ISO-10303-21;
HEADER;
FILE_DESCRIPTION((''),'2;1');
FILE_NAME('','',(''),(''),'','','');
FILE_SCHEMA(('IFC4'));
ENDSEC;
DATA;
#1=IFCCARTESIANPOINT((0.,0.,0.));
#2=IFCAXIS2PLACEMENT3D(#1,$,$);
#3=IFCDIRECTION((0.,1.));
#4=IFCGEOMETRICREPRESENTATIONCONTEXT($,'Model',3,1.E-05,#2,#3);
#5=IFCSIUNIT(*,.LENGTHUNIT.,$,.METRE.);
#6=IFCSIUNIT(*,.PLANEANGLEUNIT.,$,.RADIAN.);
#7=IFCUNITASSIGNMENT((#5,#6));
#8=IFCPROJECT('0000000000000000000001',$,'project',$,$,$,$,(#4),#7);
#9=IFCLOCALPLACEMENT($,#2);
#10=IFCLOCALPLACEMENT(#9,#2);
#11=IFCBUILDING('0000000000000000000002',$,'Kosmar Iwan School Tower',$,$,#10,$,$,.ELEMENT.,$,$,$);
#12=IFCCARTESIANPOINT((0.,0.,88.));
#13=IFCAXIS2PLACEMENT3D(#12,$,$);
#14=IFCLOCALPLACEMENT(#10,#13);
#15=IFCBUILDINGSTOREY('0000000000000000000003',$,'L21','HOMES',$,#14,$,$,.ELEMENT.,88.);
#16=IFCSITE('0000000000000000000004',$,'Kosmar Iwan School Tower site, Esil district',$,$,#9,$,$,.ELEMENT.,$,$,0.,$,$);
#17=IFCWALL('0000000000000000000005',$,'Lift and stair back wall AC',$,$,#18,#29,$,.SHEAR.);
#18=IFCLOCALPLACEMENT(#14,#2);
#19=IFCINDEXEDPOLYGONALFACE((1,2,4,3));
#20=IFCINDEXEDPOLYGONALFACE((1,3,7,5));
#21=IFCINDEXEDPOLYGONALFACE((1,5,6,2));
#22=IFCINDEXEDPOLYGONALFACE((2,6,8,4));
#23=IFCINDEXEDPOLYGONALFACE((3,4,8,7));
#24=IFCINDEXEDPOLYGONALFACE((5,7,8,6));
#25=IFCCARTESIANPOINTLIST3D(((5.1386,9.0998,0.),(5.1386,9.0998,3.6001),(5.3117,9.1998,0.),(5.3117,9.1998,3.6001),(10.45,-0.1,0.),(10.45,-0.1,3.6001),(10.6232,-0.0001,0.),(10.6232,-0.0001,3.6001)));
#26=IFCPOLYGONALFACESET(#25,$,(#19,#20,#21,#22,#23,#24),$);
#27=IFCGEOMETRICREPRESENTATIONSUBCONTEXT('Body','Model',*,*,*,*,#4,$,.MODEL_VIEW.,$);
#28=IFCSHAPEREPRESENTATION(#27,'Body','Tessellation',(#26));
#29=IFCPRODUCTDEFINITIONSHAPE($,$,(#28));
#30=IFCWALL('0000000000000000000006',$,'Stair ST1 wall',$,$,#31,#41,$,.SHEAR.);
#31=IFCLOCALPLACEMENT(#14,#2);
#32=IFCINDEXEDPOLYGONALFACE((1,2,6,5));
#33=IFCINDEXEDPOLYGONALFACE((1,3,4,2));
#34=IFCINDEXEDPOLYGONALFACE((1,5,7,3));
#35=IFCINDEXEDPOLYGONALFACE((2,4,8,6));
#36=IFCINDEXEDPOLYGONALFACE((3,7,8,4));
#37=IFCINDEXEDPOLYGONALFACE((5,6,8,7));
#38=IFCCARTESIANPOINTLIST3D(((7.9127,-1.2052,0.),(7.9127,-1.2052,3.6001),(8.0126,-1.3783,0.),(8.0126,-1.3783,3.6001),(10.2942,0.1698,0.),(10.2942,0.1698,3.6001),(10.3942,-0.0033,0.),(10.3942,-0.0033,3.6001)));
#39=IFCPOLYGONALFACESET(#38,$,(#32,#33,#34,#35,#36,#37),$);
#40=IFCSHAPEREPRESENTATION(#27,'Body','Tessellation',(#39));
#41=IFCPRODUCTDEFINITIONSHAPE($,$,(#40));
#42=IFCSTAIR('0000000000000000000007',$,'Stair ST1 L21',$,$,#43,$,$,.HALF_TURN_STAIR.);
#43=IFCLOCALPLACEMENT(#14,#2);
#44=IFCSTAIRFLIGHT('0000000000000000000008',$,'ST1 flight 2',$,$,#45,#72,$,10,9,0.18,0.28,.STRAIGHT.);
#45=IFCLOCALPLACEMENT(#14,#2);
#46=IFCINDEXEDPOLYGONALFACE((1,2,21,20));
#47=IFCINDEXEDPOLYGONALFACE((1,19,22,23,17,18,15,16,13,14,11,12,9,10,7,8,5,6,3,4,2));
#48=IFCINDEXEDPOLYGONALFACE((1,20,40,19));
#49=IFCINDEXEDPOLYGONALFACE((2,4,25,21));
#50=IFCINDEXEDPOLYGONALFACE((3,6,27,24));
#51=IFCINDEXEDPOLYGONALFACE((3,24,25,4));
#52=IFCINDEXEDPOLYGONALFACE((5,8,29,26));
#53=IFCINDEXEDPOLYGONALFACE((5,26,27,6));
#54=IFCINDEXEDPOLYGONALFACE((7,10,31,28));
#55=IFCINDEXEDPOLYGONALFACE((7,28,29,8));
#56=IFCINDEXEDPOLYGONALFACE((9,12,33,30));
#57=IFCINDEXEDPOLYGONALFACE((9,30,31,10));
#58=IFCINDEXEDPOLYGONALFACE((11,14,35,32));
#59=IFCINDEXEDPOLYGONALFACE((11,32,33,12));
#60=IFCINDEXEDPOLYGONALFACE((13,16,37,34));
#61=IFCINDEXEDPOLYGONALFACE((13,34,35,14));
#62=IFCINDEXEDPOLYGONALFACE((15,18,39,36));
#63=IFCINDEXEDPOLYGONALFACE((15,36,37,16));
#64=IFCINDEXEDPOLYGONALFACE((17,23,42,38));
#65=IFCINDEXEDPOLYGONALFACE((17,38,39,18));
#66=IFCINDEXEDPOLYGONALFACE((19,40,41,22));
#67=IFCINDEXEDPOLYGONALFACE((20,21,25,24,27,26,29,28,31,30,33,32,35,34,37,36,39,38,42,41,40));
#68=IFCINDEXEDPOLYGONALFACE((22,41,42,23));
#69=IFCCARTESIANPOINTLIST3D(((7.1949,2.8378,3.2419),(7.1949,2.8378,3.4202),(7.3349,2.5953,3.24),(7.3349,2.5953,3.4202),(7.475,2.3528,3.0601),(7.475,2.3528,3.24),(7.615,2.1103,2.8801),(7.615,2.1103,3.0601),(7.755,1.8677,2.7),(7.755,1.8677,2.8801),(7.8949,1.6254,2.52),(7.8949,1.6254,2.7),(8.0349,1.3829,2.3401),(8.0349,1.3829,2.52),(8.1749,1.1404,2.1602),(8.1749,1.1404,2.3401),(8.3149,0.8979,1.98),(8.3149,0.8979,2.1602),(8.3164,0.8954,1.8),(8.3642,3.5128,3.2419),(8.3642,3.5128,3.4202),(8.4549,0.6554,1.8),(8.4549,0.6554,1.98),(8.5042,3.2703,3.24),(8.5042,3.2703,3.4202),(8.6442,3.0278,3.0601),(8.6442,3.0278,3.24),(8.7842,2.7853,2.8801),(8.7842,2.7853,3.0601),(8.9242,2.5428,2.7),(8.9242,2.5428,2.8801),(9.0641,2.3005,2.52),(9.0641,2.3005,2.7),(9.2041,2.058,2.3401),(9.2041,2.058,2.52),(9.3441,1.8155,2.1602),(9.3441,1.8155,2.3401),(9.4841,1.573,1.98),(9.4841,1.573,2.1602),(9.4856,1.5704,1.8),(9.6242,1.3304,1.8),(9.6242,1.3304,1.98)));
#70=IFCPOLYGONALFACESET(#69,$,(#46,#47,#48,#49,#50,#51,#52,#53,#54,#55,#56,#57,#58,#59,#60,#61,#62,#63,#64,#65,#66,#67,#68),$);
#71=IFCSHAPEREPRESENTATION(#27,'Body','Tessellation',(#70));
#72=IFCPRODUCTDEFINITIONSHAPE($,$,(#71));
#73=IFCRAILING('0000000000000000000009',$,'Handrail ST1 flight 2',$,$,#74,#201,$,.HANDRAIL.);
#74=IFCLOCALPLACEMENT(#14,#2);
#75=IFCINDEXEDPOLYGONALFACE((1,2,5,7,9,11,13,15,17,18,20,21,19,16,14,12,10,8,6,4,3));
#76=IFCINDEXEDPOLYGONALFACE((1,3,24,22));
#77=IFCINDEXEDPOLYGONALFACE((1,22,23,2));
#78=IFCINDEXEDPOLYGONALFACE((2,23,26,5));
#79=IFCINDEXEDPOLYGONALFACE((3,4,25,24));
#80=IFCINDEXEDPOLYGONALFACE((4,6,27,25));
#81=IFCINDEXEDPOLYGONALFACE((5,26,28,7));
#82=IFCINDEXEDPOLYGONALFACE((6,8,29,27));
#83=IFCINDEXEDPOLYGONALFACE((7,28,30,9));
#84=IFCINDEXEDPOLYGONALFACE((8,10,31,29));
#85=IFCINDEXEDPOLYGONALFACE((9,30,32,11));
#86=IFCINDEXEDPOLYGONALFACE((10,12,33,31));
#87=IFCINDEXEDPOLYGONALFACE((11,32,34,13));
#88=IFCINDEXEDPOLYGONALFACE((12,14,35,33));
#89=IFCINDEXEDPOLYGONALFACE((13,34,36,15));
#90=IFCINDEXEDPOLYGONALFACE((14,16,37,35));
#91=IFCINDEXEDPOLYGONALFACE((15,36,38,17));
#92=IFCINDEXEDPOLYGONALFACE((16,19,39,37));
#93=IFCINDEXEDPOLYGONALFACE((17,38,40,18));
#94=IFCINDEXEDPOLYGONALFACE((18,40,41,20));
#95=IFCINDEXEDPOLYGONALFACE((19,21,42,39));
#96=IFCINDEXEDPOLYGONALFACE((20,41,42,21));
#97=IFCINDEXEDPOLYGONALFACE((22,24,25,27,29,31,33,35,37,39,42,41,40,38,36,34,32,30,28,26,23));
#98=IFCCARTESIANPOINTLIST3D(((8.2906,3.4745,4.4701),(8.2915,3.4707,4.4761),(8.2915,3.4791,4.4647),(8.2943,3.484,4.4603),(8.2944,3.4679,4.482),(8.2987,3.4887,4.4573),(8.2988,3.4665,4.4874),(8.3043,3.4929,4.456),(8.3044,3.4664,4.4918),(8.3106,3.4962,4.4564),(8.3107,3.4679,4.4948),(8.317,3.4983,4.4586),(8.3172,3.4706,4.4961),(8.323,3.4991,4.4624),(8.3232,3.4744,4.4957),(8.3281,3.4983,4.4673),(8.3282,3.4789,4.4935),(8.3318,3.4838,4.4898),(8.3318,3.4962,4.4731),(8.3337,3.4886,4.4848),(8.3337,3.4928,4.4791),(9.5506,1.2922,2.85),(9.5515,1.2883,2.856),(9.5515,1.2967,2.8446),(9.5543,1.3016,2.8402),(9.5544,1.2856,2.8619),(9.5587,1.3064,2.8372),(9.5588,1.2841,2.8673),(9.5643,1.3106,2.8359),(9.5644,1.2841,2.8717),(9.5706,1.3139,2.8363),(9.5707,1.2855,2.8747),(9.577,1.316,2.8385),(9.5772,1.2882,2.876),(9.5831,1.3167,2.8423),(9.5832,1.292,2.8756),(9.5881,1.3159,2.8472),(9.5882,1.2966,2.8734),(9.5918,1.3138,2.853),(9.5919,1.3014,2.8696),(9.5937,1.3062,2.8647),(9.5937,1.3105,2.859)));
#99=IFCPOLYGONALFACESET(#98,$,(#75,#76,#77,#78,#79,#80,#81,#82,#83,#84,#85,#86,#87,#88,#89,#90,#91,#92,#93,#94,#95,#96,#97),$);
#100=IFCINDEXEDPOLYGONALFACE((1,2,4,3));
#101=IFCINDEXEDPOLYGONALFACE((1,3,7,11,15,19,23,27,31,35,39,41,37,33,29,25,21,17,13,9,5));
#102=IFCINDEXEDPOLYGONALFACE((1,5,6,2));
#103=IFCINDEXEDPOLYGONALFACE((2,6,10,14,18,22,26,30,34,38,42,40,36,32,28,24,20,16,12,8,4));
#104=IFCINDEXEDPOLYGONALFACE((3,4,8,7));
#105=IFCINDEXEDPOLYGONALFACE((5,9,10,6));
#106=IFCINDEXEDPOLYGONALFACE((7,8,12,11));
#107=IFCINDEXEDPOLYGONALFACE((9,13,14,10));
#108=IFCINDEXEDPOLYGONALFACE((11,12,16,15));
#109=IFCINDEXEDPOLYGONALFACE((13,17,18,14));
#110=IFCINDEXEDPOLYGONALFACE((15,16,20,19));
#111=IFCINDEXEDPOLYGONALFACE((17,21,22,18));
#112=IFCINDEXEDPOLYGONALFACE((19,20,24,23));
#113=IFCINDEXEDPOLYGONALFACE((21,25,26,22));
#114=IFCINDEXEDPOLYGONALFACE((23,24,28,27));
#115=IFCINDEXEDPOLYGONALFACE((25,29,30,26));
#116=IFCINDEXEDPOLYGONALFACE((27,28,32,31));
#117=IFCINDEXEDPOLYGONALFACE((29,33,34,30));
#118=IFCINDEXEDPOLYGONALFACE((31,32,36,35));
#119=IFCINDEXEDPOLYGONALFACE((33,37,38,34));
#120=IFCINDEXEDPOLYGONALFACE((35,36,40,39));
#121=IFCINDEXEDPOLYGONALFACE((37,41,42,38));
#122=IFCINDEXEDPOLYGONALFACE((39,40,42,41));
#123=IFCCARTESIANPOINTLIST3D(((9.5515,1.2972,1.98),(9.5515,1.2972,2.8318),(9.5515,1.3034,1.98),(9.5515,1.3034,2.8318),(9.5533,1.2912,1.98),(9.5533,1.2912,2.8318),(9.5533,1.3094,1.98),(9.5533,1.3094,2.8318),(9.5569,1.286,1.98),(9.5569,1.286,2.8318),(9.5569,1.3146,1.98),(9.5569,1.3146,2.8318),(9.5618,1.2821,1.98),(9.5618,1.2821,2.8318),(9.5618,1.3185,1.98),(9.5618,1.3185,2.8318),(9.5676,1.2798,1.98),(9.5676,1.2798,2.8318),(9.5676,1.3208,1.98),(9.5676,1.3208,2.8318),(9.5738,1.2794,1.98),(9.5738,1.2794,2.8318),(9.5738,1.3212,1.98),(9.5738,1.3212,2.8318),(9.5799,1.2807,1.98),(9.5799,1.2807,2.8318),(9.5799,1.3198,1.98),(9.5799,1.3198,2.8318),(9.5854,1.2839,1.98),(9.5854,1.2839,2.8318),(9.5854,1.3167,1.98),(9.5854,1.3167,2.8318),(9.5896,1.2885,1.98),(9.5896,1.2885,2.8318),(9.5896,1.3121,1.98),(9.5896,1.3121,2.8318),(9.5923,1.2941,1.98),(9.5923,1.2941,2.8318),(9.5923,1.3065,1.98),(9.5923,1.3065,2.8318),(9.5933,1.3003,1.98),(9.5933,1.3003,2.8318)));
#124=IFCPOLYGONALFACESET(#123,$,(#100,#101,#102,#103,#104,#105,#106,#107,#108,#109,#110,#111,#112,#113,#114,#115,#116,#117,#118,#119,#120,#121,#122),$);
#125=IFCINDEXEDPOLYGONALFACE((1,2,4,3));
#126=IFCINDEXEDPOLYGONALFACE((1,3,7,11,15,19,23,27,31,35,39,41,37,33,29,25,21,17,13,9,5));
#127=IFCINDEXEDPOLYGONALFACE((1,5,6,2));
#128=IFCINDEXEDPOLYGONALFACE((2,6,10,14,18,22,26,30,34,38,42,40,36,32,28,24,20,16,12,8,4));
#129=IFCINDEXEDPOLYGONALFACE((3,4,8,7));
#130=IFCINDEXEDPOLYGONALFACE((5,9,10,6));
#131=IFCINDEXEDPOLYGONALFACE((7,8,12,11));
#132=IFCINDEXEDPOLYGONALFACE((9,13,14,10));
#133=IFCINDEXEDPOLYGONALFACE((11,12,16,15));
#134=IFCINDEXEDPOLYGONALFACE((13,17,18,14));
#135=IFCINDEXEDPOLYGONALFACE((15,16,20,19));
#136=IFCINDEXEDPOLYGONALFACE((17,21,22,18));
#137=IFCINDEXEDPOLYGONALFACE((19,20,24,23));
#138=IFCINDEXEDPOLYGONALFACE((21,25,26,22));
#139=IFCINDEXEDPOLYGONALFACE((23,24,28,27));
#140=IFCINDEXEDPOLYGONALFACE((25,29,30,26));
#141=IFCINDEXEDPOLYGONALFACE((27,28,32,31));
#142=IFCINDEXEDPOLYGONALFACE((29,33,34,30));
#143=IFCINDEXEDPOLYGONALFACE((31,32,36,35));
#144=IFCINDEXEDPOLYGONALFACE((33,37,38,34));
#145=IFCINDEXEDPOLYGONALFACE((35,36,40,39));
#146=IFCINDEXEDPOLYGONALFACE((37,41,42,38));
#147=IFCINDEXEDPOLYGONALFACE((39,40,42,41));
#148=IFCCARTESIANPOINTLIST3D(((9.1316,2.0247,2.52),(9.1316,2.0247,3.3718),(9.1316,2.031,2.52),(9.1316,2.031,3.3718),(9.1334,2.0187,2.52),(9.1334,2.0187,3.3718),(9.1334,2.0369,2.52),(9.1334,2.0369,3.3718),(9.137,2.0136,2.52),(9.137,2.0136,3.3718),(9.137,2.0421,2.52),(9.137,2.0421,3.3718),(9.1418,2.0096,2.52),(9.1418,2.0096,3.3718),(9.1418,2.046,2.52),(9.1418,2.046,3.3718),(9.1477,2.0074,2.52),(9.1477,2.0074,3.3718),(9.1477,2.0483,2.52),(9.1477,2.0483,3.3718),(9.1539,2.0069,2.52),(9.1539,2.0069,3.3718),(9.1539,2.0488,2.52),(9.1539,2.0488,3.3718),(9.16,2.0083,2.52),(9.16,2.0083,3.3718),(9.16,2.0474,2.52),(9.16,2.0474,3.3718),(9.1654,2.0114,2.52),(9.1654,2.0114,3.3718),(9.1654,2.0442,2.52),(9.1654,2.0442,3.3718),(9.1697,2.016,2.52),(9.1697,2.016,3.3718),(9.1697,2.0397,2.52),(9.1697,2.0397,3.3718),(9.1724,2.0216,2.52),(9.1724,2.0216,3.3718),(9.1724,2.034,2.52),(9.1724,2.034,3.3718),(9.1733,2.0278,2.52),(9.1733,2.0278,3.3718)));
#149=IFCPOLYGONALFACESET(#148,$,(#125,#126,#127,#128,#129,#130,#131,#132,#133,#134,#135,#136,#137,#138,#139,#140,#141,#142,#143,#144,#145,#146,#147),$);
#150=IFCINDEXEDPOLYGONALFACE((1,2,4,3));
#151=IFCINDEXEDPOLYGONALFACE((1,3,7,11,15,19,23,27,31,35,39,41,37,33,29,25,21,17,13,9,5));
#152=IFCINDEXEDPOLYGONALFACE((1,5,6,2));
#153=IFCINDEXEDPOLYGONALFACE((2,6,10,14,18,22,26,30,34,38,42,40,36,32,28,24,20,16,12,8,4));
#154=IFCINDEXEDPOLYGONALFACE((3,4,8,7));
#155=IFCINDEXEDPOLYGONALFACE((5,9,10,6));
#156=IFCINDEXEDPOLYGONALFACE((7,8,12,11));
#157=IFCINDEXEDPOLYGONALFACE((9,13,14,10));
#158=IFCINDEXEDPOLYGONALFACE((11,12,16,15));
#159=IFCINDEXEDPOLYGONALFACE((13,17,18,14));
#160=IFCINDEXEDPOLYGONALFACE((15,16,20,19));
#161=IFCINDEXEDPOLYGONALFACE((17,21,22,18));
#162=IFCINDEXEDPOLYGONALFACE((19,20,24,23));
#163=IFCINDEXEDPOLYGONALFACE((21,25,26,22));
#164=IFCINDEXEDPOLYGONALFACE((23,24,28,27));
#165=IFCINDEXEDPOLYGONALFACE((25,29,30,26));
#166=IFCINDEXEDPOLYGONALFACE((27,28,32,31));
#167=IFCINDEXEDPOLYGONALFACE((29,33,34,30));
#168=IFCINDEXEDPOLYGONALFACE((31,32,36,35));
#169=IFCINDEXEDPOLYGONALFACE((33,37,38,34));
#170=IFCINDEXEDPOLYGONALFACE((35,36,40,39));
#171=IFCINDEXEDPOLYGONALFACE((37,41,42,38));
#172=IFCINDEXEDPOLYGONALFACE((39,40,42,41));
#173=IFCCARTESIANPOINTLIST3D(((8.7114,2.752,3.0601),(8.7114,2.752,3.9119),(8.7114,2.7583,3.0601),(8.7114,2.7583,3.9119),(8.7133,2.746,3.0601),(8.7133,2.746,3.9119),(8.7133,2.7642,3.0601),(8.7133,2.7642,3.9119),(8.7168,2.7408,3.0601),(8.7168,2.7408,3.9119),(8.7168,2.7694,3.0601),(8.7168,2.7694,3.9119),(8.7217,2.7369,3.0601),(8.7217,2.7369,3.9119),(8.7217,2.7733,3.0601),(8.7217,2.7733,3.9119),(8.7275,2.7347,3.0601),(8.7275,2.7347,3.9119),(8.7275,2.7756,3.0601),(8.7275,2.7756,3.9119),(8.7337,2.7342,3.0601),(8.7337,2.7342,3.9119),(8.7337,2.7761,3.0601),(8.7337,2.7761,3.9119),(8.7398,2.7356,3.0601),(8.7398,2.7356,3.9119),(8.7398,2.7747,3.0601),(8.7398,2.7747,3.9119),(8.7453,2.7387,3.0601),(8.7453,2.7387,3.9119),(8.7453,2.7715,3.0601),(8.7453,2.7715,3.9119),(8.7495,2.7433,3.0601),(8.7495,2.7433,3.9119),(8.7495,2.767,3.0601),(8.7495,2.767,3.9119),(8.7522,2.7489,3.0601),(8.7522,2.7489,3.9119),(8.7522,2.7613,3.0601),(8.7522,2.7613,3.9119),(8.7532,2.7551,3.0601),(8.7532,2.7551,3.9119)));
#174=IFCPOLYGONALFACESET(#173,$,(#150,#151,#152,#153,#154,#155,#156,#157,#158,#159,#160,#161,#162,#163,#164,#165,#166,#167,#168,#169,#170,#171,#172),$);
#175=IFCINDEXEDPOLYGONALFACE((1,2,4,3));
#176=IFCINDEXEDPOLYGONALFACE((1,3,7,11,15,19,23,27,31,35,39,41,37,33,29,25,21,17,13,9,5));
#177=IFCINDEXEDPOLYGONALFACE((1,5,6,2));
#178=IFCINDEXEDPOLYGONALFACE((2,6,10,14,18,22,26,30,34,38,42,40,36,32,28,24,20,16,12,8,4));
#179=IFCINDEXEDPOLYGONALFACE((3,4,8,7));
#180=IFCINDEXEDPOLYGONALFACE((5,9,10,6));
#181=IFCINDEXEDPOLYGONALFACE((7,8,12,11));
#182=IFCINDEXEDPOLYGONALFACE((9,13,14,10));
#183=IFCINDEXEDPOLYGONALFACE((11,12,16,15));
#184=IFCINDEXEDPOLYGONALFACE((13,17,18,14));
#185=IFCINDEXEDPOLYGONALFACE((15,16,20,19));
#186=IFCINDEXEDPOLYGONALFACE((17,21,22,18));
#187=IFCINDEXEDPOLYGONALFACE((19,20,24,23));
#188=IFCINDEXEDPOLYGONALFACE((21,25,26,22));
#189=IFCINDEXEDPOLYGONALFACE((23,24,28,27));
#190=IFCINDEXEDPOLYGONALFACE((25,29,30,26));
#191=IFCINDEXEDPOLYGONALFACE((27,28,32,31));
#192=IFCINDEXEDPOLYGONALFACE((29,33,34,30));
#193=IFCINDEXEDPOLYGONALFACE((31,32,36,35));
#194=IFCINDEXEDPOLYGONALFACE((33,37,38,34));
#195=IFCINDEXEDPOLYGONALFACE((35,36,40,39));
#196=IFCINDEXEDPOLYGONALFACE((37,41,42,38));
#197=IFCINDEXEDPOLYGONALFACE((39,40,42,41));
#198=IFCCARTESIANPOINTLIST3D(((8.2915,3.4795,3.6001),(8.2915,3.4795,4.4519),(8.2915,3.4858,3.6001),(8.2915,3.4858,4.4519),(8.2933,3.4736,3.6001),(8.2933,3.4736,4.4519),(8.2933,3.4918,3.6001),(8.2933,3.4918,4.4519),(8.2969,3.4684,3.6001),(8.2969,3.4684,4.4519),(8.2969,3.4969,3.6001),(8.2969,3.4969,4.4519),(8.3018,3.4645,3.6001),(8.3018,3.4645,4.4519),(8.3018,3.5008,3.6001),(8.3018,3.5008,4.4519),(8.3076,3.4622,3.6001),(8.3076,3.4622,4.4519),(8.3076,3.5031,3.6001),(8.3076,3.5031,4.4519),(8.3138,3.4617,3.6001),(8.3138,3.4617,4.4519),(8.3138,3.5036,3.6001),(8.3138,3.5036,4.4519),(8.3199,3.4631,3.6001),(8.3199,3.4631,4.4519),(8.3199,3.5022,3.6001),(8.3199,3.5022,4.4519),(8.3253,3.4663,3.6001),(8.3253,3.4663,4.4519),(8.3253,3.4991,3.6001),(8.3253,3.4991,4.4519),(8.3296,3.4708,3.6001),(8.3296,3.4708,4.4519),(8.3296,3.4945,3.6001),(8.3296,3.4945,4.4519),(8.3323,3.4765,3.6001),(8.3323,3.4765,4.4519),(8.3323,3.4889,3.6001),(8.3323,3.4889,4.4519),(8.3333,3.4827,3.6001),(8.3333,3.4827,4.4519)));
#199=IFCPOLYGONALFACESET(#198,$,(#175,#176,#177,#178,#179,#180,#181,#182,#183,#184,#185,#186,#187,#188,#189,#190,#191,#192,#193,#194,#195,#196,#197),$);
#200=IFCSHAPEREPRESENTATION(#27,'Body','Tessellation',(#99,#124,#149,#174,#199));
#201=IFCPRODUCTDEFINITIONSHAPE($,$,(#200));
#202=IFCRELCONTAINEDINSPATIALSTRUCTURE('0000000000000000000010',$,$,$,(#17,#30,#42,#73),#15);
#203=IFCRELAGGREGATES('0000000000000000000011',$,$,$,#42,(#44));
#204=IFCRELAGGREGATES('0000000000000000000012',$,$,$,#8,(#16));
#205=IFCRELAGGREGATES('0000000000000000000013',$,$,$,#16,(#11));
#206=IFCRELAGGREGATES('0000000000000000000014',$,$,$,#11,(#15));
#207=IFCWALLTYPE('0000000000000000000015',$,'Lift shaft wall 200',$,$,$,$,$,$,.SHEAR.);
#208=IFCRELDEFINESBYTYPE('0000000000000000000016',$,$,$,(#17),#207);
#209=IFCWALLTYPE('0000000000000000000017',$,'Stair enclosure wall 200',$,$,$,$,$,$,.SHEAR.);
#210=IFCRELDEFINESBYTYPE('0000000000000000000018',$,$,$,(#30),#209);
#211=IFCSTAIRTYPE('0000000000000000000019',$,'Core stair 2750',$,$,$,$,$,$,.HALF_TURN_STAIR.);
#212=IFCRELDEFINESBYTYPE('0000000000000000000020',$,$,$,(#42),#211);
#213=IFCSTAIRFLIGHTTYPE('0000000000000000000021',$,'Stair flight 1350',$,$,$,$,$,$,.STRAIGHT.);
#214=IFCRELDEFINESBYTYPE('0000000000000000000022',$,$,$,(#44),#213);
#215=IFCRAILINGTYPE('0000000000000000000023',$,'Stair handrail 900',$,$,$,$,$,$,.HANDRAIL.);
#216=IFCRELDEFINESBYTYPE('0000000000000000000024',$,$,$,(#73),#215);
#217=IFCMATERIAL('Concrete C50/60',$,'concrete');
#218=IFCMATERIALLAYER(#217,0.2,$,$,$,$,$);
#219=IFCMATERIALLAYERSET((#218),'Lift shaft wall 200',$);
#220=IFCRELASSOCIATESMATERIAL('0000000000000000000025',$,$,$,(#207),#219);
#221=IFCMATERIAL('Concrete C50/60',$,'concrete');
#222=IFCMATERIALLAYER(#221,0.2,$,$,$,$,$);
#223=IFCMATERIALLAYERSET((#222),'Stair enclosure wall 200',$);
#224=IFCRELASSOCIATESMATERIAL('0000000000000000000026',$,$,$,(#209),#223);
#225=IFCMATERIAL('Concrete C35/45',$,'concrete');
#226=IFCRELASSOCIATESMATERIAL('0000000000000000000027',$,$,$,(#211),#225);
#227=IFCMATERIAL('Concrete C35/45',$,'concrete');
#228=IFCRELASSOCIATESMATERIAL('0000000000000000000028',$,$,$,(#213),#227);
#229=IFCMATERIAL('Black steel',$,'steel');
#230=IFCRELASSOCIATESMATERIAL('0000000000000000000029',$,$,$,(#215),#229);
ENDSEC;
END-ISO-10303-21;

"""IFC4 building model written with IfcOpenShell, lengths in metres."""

from ifc_helpers import new_model, si_unit, direction, frame, frame_2d, origin, origin_2d, place, context, subcontext, project, spatial, polyline, rectangle, circle, outline, extrude, material, layer, layer_set, type_object, element, aggregate, save


model = new_model("IFC4")

# Units and contexts
model_context = context("Model", 3, precision=1e-05, world=origin(), true_north=direction((0.0, 1.0)))
body_context = subcontext(model_context, "Body", "Model", "MODEL_VIEW")
ifc_project = project(units=[si_unit("LENGTHUNIT", "METRE"), si_unit("PLANEANGLEUNIT", "RADIAN")], contexts=[model_context])

# Site, building, storey
site_placement = place(None, origin())
site = spatial("IfcSite", under=ifc_project, at=site_placement, Name="Kosmar Iwan School Tower site, Esil district", CompositionType="ELEMENT", RefElevation=0.0)
building_placement = place(site_placement, origin())
building = spatial("IfcBuilding", under=site, at=building_placement, Name="Kosmar Iwan School Tower", CompositionType="ELEMENT")
storey_placement = place(building_placement, frame((0.0, 0.0, 88.0)))
storey = spatial("IfcBuildingStorey", under=building, at=storey_placement, Name="L21", Description="HOMES", CompositionType="ELEMENT", Elevation=88.0)

# Shared definitions
ifc_material_1 = material(Name="Concrete C50/60", Category="concrete")
ifc_layer_1 = layer(ifc_material_1, 0.2)
ifc_layer_set_1 = layer_set([ifc_layer_1], Name="Lift shaft wall 200")
wall_type_1 = type_object("IfcWallType", Name="Lift shaft wall 200", PredefinedType="SHEAR", material=ifc_layer_set_1)

# Walls
wall_1_placement = place(storey_placement, frame((10.5366, -0.05, 0.0), z_axis=(0.0, 0.0, 1.0), x_axis=(-0.499995, 0.866028, 0.0)))
element("IfcWall", 1, at=wall_1_placement, inside=storey, type_object=wall_type_1, Name="Lift and stair back wall AC", PredefinedType="SHEAR", context=body_context, shape_type="SweptSolid", body=[
    extrude(rectangle(XDim=10.623, YDim=0.2, at=frame_2d((5.3115, 0.0))), origin(), (0.0, 0.0, 1.0), 3.6001),
])
ifc_material_2 = material(Name="Concrete C50/60", Category="concrete")
ifc_layer_2 = layer(ifc_material_2, 0.2)
ifc_layer_set_2 = layer_set([ifc_layer_2], Name="Stair enclosure wall 200")
wall_type_2 = type_object("IfcWallType", Name="Stair enclosure wall 200", PredefinedType="SHEAR", material=ifc_layer_set_2)
wall_2_placement = place(storey_placement, frame((7.9626, -1.2917, 0.0), z_axis=(0.0, 0.0, 1.0), x_axis=(0.866027, 0.499997, 0.0)))
element("IfcWall", 2, at=wall_2_placement, inside=storey, type_object=wall_type_2, Name="Stair ST1 wall", PredefinedType="SHEAR", context=body_context, shape_type="SweptSolid", body=[
    extrude(rectangle(XDim=2.75, YDim=0.2, at=frame_2d((1.375, 0.0))), origin(), (0.0, 0.0, 1.0), 3.6001),
])

# Stair, stair flight
ifc_material_3 = material(Name="Concrete C35/45", Category="concrete")
stair_type = type_object("IfcStairType", Name="Core stair 2750", PredefinedType="HALF_TURN_STAIR", material=ifc_material_3)
stair_placement = place(storey_placement, origin())
stair = element("IfcStair", 3, at=stair_placement, inside=storey, type_object=stair_type, Name="Stair ST1 L21", PredefinedType="HALF_TURN_STAIR")
ifc_material_4 = material(Name="Concrete C35/45", Category="concrete")
stair_flight_type = type_object("IfcStairFlightType", Name="Stair flight 1350", PredefinedType="STRAIGHT", material=ifc_material_4)
stair_flight_placement = place(storey_placement, frame((9.0396, 0.9929, 1.8), z_axis=(0.0, 0.0, 1.0), x_axis=(-0.5, 0.866025, 0.0)))
stair_flight = element("IfcStairFlight", 4, at=stair_flight_placement, type_object=stair_flight_type, Name="ST1 flight 2", NumberOfRisers=10, NumberOfTreads=9, PredefinedType="STRAIGHT", RiserHeight=0.18, TreadLength=0.28, context=body_context, shape_type="SweptSolid", body=[
    extrude(outline(polyline([(0.0, 0.0), (0.0, 0.1799), (0.28, 0.1799), (0.28, 0.3601), (0.5601, 0.3601), (0.5601, 0.54), (0.8401, 0.54), (0.8401, 0.72), (1.1201, 0.72), (1.1201, 0.8999), (1.3999, 0.8999), (1.3999, 1.0801), (1.6799, 1.0801), (1.6799, 1.26), (1.96, 1.26), (1.96, 1.4399), (2.24, 1.4399), (2.24, 1.6201), (2.52, 1.6201), (2.52, 1.8), (2.52, 1.4419), (0.2771, 0.0), (0.0, 0.0)])), frame((0.0, 0.675, 0.0), z_axis=(0.0, -1.0, 0.0), x_axis=(1.0, 0.0, 0.0)), (0.0, 0.0, 1.0), 1.3501),
])
aggregate(stair, [stair_flight])

# Railing
ifc_material_5 = material(Name="Black steel", Category="steel")
railing_type = type_object("IfcRailingType", Name="Stair handrail 900", PredefinedType="HANDRAIL", material=ifc_material_5)
railing_placement = place(storey_placement, frame((9.5723, 1.3003, 1.98)))
element("IfcRailing", 5, at=railing_placement, inside=storey, type_object=railing_type, Name="Handrail ST1 flight 2", PredefinedType="HANDRAIL", context=body_context, shape_type="SweptSolid", body=[
    extrude(circle(Radius=0.0239, at=origin_2d()), frame((0.0, 0.0, 0.876), z_axis=(-0.420584, 0.728464, 0.540786), x_axis=(-0.866023, -0.500005, 0.0)), (0.0, 0.0, 1.0), 2.9958),
    extrude(circle(Radius=0.021, at=origin_2d()), origin(), (0.0, 0.0, 1.0), 0.8518),
    extrude(circle(Radius=0.021, at=origin_2d()), frame((-0.4199, 0.7275, 0.54)), (0.0, 0.0, 1.0), 0.8518),
    extrude(circle(Radius=0.021, at=origin_2d()), frame((-0.8401, 1.4548, 1.0801)), (0.0, 0.0, 1.0), 0.8518),
    extrude(circle(Radius=0.021, at=origin_2d()), frame((-1.26, 2.1824, 1.6201)), (0.0, 0.0, 1.0), 0.8518),
])

save(model, "model.ifc")
